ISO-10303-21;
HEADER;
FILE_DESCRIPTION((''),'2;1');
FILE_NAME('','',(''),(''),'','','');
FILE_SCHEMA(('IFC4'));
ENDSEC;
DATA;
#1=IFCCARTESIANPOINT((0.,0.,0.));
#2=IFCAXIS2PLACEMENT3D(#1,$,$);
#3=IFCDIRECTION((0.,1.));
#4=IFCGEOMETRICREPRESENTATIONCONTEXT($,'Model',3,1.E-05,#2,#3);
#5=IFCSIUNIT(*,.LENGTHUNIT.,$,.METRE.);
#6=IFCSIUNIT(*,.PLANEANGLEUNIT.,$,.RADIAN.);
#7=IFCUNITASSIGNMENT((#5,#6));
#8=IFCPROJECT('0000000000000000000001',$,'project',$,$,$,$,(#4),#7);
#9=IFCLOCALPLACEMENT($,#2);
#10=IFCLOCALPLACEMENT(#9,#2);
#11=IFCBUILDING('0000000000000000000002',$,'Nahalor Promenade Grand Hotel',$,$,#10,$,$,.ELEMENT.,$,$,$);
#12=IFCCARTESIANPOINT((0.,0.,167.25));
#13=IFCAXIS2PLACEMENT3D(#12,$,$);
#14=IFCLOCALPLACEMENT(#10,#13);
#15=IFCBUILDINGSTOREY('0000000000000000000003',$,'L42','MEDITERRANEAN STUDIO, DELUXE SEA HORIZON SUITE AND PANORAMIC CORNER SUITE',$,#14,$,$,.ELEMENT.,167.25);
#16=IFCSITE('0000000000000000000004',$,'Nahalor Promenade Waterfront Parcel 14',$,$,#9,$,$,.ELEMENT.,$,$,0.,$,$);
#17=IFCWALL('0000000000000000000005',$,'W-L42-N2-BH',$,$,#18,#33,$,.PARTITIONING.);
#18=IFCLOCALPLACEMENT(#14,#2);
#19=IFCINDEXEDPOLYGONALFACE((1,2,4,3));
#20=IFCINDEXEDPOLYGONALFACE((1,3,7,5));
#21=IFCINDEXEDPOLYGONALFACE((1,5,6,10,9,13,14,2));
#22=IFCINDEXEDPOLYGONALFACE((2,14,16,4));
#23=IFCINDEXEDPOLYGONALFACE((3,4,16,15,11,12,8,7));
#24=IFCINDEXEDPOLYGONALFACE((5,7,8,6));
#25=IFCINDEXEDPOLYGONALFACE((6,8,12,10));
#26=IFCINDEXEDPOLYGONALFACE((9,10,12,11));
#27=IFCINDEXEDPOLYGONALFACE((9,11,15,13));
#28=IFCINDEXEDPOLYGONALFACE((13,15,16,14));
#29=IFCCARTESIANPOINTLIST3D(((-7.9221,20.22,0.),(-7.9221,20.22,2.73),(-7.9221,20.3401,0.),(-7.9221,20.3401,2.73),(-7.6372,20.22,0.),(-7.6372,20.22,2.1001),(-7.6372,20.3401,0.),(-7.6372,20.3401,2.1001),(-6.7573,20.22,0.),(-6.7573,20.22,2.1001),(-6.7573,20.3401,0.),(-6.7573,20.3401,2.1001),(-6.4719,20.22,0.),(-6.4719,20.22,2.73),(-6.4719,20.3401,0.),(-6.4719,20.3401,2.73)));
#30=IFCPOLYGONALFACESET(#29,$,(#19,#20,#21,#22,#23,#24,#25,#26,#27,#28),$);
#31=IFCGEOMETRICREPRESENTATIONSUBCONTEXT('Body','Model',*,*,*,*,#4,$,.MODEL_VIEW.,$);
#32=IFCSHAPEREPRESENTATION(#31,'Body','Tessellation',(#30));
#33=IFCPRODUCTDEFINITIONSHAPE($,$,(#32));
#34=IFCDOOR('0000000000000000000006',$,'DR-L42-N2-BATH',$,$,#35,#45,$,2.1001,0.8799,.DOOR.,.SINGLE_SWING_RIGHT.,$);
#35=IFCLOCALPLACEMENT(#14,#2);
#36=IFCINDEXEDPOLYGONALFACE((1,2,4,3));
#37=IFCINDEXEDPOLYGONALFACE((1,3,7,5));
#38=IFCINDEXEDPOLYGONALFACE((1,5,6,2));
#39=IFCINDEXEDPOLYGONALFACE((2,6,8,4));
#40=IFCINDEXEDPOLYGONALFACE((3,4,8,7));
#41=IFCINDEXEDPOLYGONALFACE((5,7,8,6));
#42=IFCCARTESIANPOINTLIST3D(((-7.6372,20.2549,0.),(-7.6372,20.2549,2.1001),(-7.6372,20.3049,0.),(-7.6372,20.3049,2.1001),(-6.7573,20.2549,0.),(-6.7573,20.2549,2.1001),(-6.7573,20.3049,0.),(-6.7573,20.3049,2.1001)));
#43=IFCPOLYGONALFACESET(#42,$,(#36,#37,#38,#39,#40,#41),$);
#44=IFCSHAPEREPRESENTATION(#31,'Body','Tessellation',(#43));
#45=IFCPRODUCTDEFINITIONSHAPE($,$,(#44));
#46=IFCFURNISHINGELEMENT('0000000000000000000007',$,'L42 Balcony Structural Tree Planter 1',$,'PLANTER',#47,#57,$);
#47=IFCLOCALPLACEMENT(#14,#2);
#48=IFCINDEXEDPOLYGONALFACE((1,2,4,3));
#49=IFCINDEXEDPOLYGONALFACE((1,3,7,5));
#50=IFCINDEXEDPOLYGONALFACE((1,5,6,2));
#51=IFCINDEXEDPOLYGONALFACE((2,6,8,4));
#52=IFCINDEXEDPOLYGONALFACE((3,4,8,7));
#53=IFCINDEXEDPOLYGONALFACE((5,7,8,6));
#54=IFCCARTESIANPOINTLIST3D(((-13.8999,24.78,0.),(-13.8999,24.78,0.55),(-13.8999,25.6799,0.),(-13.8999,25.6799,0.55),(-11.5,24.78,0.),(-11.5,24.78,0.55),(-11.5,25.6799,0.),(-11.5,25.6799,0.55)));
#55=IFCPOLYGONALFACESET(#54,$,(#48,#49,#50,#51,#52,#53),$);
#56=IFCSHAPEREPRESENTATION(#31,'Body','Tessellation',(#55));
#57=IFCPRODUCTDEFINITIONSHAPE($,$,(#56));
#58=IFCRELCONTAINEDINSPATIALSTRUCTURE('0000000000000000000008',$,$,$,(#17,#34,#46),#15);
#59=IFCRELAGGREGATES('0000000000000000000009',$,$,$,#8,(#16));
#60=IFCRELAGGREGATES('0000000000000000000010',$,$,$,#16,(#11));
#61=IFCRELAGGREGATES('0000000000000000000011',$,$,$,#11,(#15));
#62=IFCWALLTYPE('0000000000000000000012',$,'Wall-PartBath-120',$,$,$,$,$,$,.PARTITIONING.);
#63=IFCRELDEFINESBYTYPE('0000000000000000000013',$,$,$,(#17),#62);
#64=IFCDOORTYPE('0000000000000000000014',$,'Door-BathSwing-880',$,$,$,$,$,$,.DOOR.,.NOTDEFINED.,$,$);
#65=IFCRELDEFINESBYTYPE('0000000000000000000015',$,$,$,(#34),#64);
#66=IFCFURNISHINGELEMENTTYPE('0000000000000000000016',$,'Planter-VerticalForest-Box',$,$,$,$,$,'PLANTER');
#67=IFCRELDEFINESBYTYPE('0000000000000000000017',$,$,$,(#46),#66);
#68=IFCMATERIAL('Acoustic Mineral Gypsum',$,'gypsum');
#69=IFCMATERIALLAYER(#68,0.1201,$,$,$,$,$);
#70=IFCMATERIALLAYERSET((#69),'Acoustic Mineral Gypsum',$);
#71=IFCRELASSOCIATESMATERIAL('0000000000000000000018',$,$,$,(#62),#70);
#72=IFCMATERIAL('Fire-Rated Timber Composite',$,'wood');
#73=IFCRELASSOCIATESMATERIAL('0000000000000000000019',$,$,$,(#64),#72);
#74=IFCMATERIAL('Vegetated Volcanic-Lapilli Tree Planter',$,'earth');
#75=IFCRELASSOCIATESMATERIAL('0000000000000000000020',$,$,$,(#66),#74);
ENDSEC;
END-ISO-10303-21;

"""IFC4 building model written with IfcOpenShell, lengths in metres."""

from ifc_helpers import new_model, si_unit, direction, frame, frame_2d, origin, origin_2d, place, context, subcontext, project, spatial, rectangle, extrude, source, transform, mapped, material, layer, layer_set, type_object, element, fill, save


model = new_model("IFC4")

# Units and contexts
model_context = context("Model", 3, precision=1e-05, world=origin(), true_north=direction((0.0, 1.0)))
body_context = subcontext(model_context, "Body", "Model", "MODEL_VIEW")
ifc_project = project(units=[si_unit("LENGTHUNIT", "METRE"), si_unit("PLANEANGLEUNIT", "RADIAN")], contexts=[model_context])

# Site, building, storey
site_placement = place(None, origin())
site = spatial("IfcSite", under=ifc_project, at=site_placement, Name="Nahalor Promenade Waterfront Parcel 14", CompositionType="ELEMENT", RefElevation=0.0)
building_placement = place(site_placement, origin())
building = spatial("IfcBuilding", under=site, at=building_placement, Name="Nahalor Promenade Grand Hotel", CompositionType="ELEMENT")
storey_placement = place(building_placement, frame((0.0, 0.0, 167.25)))
storey = spatial("IfcBuildingStorey", under=building, at=storey_placement, Name="L42", Description="MEDITERRANEAN STUDIO, DELUXE SEA HORIZON SUITE AND PANORAMIC CORNER SUITE", CompositionType="ELEMENT", Elevation=167.25)

# Shared definitions
ifc_material_1 = material(Name="Acoustic Mineral Gypsum", Category="gypsum")
ifc_layer_1 = layer(ifc_material_1, 0.1201)
ifc_layer_set_1 = layer_set([ifc_layer_1], Name="Acoustic Mineral Gypsum")
wall_type_1 = type_object("IfcWallType", Name="Wall-PartBath-120", PredefinedType="PARTITIONING", material=ifc_layer_set_1)

# Wall, opening, door
shared_shape_1 = source(origin(), body_context, "Body", "SweptSolid", [
    extrude(rectangle(XDim=1.4502, YDim=0.1201, at=frame_2d((0.7251, 0.0))), origin(), (0.0, 0.0, 1.0), 2.73),
])
wall_1_placement = place(storey_placement, frame((-7.9221, 20.28, 0.0), z_axis=(0.0, 0.0, 1.0), x_axis=(1.0, 0.0, 0.0)))
wall_1 = element("IfcWall", 1, at=wall_1_placement, inside=storey, type_object=wall_type_1, Name="W-L42-N2-BH", PredefinedType="PARTITIONING", context=body_context, shape_type="MappedRepresentation", body=[
    mapped(shared_shape_1, transform((0.0, 0.0, 0.0), scale=1.0)),
])
opening_1_placement = place(wall_1_placement, frame((0.2849, 0.0, 0.0)))
opening_1 = element("IfcOpeningElement", 2, at=opening_1_placement, cuts=wall_1, PredefinedType="OPENING", context=body_context, shape_type="SweptSolid", body=[
    extrude(rectangle(XDim=0.8799, YDim=2.1001, at=frame_2d((0.4399, 1.05))), frame((0.0, 0.0701, 0.0), z_axis=(0.0, -1.0, 0.0), x_axis=(1.0, 0.0, 0.0)), (0.0, 0.0, 1.0), 0.1401),
])
ifc_material_2 = material(Name="Fire-Rated Timber Composite", Category="wood")
door_type_1 = type_object("IfcDoorType", Name="Door-BathSwing-880", OperationType="NOTDEFINED", PredefinedType="DOOR", material=ifc_material_2)
shared_shape_2 = source(origin(), body_context, "Body", "SweptSolid", [
    extrude(rectangle(XDim=0.8799, YDim=2.1001, at=frame_2d((0.4399, 1.05))), frame((0.0, 0.0249, 0.0), z_axis=(0.0, -1.0, 0.0), x_axis=(1.0, 0.0, 0.0)), (0.0, 0.0, 1.0), 0.05),
])
door_1_placement = place(opening_1_placement, origin())
door_1 = element("IfcDoor", 3, at=door_1_placement, inside=storey, type_object=door_type_1, Name="DR-L42-N2-BATH", OperationType="SINGLE_SWING_RIGHT", OverallHeight=2.1001, OverallWidth=0.8799, PredefinedType="DOOR", context=body_context, shape_type="MappedRepresentation", body=[
    mapped(shared_shape_2, transform((0.0, 0.0, 0.0), scale=1.0)),
])
fill(opening_1, door_1)

# Furnishing element
ifc_material_3 = material(Name="Vegetated Volcanic-Lapilli Tree Planter", Category="earth")
furnishing_element_type = type_object("IfcFurnishingElementType", Name="Planter-VerticalForest-Box", ElementType="PLANTER", material=ifc_material_3)
shared_shape_3 = source(origin(), body_context, "Body", "SweptSolid", [
    extrude(rectangle(XDim=2.3999, YDim=0.8999, at=origin_2d()), origin(), (0.0, 0.0, 1.0), 0.55),
])
furnishing_placement = place(storey_placement, frame((-12.7, 25.23, 0.0), z_axis=(0.0, 0.0, 1.0), x_axis=(1.0, 0.0, 0.0)))
element("IfcFurnishingElement", 4, at=furnishing_placement, inside=storey, type_object=furnishing_element_type, Name="L42 Balcony Structural Tree Planter 1", ObjectType="PLANTER", context=body_context, shape_type="MappedRepresentation", body=[
    mapped(shared_shape_3, transform((0.0, 0.0, 0.0), scale=1.0)),
])

save(model, "model.ifc")
